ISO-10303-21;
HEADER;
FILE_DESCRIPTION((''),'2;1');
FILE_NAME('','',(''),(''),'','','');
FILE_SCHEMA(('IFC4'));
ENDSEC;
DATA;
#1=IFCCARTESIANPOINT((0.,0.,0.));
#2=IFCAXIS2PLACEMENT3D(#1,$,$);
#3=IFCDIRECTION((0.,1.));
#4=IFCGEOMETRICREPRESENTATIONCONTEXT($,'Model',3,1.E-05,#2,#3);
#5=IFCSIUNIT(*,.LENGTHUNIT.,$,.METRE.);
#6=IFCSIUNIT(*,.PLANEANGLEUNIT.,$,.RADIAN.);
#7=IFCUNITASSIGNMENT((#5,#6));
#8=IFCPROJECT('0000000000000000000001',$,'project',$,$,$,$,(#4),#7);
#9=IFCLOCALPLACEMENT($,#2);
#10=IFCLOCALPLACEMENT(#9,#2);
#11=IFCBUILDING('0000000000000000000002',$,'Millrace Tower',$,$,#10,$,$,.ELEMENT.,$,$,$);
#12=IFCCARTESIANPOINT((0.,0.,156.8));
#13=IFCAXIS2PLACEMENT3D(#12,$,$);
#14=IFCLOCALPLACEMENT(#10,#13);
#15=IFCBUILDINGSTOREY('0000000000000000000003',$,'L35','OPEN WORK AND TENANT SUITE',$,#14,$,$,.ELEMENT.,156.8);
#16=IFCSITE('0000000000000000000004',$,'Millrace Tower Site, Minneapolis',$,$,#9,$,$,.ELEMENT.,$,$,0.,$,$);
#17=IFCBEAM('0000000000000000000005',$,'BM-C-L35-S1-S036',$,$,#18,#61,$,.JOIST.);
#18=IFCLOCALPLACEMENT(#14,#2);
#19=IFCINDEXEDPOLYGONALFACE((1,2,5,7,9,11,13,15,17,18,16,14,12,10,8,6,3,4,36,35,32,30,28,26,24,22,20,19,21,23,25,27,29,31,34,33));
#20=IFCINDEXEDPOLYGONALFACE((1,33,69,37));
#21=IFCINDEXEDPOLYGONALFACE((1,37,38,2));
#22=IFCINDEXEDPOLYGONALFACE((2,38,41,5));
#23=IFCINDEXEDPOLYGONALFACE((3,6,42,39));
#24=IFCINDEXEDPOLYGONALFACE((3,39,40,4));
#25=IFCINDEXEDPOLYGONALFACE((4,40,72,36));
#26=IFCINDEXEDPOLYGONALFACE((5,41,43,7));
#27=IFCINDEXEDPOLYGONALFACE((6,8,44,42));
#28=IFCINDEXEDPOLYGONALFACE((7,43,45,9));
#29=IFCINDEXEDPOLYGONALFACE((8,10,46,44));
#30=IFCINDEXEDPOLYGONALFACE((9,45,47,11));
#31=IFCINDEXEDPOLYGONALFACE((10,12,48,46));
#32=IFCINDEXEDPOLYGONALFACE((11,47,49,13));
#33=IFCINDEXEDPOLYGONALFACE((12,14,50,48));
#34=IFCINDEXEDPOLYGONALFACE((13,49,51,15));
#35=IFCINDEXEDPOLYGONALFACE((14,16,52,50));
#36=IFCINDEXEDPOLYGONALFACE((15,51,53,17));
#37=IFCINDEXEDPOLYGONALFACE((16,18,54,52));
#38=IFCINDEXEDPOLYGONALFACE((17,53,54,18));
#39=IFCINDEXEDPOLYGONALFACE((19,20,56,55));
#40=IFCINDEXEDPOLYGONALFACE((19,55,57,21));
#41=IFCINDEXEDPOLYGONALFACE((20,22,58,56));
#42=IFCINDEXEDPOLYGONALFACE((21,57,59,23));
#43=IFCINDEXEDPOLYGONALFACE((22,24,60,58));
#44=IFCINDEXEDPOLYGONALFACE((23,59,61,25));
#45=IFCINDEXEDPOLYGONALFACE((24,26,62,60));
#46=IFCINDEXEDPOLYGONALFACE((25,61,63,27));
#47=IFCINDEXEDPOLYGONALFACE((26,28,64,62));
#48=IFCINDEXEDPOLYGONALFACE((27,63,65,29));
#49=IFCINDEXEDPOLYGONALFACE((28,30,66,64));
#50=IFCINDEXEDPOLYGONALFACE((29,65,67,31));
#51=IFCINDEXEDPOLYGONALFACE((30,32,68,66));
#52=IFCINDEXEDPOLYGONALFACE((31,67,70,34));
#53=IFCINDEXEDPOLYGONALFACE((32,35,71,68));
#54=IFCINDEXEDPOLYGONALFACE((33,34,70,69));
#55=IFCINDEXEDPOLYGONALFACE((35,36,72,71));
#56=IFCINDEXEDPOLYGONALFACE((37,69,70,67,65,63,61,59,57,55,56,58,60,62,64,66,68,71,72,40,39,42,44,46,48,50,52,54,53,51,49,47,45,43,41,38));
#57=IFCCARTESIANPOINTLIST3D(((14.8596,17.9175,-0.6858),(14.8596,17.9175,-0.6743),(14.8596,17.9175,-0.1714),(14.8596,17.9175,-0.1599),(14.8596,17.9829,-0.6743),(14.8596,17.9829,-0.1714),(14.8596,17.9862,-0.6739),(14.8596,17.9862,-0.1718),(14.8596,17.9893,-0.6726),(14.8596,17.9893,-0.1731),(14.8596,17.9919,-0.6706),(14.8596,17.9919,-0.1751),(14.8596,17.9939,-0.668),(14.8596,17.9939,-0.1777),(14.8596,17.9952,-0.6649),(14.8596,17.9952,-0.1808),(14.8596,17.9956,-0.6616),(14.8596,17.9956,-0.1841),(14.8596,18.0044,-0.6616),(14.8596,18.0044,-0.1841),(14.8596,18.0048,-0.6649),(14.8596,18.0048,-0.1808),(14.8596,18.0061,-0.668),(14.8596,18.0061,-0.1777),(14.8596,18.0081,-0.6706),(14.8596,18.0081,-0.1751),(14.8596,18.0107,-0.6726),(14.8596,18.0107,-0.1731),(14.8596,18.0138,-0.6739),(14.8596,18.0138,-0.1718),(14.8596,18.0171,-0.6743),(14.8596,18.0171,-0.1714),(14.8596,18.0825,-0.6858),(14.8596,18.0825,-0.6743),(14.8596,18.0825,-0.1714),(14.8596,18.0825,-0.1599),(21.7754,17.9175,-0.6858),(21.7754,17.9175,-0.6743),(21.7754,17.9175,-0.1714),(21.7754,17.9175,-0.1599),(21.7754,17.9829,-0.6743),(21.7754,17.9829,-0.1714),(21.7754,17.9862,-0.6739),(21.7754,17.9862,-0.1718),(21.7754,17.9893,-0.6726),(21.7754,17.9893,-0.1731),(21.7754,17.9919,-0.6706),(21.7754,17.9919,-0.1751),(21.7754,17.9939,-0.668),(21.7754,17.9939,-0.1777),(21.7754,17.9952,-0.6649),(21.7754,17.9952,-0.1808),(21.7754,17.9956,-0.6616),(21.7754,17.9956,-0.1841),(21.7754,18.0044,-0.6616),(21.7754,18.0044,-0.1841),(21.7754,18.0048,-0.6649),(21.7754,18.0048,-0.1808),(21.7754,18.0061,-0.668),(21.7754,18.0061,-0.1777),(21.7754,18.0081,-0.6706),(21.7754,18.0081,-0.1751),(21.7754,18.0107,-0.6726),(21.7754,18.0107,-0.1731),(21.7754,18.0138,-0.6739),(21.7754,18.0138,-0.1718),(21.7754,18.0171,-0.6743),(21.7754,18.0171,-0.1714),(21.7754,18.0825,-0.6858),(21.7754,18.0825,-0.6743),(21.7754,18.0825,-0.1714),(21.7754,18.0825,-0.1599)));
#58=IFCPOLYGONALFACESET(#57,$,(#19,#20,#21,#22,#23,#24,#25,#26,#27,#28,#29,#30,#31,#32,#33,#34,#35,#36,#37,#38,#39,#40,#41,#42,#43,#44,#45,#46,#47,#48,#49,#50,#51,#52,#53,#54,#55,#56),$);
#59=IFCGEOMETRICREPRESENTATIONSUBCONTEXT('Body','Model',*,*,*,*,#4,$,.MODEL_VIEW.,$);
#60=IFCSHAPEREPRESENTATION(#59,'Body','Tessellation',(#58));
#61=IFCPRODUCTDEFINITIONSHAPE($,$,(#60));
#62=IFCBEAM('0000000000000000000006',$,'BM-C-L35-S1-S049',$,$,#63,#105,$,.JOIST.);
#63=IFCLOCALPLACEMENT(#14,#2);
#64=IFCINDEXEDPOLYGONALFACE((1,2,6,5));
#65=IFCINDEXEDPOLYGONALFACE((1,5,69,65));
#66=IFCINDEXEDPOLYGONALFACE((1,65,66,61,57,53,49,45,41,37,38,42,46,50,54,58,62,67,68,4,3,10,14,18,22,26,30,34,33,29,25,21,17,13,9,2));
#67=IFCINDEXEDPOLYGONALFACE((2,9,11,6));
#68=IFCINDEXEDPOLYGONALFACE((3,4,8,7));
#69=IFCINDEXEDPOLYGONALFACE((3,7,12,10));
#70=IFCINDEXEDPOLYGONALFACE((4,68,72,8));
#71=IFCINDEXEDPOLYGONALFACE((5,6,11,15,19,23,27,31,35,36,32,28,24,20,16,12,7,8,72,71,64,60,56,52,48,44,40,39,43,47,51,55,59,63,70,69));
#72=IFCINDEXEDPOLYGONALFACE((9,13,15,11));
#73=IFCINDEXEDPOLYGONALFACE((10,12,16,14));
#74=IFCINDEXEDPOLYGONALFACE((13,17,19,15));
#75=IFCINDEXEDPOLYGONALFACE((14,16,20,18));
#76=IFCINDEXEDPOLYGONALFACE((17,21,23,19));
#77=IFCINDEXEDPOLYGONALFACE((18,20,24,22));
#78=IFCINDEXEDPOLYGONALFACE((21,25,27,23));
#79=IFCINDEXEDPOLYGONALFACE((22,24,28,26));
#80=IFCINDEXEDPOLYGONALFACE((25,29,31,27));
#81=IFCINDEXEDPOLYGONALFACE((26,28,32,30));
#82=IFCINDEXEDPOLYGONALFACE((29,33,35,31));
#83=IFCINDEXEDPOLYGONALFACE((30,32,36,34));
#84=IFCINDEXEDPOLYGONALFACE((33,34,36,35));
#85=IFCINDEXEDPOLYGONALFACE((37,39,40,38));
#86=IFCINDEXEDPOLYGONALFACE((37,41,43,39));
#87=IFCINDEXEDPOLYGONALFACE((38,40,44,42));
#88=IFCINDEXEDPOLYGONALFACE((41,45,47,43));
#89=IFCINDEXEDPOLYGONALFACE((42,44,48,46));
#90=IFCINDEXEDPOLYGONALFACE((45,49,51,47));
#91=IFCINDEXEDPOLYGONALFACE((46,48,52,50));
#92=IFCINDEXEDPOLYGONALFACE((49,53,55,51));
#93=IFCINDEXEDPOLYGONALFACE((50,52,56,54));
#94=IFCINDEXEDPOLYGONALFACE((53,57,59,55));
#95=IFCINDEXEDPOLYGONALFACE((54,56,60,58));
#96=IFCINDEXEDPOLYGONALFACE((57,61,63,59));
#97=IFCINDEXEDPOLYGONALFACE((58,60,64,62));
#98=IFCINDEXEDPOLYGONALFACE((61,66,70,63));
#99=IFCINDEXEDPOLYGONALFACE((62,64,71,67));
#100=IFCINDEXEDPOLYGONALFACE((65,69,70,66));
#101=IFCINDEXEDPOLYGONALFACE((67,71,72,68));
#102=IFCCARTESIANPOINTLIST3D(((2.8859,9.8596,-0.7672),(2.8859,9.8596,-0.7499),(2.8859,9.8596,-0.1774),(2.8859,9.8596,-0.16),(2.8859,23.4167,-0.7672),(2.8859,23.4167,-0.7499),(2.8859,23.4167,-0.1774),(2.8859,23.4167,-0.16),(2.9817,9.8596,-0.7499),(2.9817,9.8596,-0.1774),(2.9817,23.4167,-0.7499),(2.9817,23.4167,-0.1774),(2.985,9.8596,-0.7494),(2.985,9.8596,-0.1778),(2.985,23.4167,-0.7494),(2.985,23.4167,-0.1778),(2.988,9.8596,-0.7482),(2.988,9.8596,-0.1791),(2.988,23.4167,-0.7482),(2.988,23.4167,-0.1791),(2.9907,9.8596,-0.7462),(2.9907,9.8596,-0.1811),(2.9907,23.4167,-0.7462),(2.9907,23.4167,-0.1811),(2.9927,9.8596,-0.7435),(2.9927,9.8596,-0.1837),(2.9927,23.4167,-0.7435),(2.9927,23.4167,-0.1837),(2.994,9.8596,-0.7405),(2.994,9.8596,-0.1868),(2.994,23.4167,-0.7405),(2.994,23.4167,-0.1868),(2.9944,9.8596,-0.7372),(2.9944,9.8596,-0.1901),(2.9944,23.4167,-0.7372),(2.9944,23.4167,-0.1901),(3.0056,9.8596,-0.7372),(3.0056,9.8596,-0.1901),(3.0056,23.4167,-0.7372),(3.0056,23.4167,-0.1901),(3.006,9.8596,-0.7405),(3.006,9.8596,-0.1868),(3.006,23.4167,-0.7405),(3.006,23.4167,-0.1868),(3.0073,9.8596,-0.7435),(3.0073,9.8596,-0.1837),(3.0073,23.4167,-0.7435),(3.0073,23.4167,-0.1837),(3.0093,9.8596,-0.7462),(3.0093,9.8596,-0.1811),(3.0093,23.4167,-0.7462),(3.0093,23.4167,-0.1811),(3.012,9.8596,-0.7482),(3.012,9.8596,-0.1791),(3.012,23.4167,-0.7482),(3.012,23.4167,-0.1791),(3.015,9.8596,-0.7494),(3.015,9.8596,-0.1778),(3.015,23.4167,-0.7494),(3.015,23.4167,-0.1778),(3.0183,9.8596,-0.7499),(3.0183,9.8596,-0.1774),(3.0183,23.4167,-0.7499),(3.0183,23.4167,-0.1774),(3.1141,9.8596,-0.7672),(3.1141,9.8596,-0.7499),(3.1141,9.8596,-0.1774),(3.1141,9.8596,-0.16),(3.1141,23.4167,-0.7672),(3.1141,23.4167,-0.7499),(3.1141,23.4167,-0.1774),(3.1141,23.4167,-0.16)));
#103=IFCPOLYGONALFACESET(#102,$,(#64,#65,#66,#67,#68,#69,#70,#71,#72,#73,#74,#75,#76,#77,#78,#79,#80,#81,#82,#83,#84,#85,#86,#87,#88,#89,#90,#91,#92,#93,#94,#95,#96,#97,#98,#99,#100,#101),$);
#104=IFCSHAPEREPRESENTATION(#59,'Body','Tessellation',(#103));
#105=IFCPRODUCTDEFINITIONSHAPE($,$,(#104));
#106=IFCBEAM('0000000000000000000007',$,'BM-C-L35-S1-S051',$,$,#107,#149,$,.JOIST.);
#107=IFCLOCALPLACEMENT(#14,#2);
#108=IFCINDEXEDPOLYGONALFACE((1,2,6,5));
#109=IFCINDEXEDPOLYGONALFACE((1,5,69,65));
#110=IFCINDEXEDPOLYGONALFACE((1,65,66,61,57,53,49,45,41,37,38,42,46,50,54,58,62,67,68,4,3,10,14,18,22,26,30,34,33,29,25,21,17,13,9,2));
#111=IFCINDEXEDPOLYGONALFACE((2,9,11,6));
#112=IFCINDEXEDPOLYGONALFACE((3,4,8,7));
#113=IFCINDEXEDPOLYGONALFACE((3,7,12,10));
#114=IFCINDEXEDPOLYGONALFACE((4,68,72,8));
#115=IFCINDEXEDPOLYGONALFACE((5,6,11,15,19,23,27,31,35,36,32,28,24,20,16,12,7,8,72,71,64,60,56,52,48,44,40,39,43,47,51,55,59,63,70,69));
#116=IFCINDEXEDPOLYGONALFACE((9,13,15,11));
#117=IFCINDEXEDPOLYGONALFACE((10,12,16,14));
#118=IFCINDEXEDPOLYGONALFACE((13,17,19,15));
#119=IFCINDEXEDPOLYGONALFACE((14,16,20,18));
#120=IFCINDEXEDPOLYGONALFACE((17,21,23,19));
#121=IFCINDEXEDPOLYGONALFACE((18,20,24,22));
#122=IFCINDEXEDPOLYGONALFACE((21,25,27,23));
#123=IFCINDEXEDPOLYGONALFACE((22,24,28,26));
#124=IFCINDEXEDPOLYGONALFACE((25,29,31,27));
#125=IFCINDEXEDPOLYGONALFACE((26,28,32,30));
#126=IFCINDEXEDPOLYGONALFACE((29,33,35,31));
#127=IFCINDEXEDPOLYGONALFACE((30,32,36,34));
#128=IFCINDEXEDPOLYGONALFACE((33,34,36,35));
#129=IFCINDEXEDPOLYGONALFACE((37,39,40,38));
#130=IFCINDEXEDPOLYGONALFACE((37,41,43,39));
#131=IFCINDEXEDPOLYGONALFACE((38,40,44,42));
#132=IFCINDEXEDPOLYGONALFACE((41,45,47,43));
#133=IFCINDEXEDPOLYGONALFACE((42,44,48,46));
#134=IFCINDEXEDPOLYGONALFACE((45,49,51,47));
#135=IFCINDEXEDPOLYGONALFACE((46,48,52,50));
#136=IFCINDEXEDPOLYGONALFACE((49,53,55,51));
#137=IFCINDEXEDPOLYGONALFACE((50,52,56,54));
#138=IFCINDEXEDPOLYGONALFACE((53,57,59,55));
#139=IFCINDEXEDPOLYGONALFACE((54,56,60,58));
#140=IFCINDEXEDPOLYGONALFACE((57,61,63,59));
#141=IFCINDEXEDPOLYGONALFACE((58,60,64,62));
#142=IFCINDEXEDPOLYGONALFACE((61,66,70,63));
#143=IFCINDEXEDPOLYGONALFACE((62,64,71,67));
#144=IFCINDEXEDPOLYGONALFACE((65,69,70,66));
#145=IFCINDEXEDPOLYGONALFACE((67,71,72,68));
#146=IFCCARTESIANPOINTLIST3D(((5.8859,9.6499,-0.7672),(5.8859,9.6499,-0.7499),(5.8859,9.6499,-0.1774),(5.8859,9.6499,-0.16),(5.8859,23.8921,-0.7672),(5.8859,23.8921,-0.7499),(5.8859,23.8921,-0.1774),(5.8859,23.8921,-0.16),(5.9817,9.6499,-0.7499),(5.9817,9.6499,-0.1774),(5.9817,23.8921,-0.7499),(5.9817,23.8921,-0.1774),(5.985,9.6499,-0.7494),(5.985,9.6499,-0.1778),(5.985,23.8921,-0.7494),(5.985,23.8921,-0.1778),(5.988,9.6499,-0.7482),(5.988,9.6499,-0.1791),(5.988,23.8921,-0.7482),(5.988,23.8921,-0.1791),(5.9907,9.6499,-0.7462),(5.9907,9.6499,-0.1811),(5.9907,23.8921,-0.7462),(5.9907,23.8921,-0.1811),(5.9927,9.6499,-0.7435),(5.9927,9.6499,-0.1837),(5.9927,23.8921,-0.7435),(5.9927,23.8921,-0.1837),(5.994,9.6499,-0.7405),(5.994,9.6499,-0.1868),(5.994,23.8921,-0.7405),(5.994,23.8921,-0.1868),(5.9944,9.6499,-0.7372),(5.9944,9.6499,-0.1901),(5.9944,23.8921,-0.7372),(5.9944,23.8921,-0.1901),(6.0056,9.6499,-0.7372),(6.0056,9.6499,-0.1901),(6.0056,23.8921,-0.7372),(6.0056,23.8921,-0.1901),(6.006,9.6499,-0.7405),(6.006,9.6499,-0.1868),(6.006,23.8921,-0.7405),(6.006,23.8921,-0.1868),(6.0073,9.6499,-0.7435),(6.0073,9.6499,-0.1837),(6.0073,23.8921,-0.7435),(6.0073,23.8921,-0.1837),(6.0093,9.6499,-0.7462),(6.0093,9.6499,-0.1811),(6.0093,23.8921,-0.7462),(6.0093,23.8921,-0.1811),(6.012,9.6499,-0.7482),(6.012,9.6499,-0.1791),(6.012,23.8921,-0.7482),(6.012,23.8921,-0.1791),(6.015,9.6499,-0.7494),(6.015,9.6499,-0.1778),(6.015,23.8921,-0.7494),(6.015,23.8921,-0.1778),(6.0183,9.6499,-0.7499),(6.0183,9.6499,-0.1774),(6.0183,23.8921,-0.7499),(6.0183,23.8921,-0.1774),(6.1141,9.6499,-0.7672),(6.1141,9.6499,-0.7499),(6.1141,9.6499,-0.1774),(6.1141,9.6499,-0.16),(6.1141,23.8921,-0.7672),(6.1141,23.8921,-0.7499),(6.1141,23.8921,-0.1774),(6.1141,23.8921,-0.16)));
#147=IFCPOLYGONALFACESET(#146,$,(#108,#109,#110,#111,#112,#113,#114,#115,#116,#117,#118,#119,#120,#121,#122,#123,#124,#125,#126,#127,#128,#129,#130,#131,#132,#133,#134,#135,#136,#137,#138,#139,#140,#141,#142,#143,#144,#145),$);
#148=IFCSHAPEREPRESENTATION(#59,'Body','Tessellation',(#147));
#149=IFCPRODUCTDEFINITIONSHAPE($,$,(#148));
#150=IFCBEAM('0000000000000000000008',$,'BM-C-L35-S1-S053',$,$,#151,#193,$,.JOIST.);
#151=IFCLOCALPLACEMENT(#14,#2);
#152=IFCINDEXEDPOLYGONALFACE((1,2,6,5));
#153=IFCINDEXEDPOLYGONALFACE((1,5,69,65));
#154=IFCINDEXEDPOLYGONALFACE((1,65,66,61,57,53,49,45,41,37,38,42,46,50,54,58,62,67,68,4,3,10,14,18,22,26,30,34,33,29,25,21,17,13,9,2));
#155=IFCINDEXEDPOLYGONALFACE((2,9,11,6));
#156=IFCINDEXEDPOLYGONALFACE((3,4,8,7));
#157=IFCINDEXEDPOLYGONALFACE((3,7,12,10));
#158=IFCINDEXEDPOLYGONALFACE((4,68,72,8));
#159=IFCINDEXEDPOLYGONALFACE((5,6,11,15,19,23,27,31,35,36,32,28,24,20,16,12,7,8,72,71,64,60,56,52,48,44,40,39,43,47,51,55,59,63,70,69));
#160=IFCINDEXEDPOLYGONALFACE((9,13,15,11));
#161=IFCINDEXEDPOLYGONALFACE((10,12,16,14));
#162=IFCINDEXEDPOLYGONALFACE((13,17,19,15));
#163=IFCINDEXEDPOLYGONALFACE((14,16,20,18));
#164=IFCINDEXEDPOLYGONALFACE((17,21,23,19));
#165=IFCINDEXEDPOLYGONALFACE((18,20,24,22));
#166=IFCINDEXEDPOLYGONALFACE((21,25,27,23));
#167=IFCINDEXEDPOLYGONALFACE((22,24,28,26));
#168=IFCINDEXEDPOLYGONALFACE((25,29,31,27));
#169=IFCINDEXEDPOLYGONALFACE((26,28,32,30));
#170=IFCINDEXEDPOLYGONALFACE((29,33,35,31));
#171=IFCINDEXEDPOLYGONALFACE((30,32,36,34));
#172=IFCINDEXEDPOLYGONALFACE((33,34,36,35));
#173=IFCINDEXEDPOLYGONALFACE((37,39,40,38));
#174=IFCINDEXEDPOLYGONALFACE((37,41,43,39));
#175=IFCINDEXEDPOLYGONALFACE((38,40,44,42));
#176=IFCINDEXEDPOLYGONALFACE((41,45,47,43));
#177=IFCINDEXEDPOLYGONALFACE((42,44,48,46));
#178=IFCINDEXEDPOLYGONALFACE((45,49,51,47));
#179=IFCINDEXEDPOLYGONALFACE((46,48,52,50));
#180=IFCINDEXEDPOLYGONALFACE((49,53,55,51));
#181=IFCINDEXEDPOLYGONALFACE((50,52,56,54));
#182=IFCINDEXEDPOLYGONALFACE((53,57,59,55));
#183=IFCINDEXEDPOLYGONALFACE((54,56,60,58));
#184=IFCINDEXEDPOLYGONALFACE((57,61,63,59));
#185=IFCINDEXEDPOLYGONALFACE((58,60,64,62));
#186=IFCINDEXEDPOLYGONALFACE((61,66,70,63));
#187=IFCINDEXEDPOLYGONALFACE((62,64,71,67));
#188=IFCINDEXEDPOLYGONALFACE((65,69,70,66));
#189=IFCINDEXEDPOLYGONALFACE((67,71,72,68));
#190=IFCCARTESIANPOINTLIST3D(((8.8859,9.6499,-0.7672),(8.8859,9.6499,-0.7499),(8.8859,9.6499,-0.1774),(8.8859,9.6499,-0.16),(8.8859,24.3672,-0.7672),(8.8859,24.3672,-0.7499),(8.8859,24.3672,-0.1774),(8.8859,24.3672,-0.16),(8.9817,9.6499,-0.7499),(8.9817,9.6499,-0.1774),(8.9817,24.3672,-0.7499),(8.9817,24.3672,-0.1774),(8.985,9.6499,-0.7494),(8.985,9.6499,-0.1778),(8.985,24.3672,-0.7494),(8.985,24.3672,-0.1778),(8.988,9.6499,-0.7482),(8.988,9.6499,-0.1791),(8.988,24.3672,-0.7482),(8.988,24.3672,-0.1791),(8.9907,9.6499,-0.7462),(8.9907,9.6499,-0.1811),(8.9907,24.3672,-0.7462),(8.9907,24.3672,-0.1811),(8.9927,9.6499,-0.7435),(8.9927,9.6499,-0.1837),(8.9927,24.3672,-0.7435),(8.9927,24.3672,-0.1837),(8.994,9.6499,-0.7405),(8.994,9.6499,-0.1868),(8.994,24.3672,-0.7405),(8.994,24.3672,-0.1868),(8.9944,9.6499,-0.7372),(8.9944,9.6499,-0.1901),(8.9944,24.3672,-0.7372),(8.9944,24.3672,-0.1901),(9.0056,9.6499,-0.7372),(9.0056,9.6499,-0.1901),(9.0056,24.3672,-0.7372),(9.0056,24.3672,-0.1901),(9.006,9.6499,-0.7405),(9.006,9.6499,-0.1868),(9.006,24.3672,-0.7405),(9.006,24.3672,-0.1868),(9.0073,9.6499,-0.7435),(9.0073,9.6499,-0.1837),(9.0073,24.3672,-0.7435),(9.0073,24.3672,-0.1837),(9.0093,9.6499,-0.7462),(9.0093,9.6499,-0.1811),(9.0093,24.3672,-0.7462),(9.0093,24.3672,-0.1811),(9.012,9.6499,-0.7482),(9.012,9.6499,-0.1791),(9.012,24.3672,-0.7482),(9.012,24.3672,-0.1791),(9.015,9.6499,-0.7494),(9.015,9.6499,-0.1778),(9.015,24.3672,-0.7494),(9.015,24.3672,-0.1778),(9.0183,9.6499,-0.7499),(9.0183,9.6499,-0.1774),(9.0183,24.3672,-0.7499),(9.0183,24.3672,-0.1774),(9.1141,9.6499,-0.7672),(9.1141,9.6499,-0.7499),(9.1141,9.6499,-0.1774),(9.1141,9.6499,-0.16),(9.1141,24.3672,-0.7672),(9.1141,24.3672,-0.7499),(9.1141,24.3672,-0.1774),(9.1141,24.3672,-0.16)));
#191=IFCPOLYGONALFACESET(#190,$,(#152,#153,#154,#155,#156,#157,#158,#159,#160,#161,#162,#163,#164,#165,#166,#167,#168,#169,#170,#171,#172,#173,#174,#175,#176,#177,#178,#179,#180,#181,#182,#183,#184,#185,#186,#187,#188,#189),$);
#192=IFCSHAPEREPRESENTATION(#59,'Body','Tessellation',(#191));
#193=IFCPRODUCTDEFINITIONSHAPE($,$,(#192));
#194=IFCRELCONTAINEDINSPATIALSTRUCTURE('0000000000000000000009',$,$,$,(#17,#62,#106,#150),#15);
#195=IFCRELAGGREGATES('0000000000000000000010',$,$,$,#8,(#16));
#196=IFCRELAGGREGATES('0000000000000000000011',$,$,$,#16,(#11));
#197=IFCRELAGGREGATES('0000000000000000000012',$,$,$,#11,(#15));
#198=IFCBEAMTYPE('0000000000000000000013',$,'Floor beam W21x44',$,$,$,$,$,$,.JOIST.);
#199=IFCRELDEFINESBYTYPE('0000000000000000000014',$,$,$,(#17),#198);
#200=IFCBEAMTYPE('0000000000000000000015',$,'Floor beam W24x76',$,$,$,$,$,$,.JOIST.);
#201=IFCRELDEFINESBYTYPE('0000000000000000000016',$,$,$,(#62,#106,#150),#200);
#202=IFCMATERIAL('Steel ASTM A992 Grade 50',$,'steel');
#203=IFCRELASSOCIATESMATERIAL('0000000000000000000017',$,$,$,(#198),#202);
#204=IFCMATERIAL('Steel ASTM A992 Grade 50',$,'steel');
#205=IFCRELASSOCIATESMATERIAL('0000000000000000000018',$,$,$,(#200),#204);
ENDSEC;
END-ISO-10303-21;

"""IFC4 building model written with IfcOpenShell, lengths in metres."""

from ifc_helpers import new_model, si_unit, direction, frame, origin, origin_2d, place, context, subcontext, project, spatial, i_section, extrude, material, material_profile, profile_set, type_object, element, save


model = new_model("IFC4")

# Units and contexts
model_context = context("Model", 3, precision=1e-05, world=origin(), true_north=direction((0.0, 1.0)))
body_context = subcontext(model_context, "Body", "Model", "MODEL_VIEW")
ifc_project = project(units=[si_unit("LENGTHUNIT", "METRE"), si_unit("PLANEANGLEUNIT", "RADIAN")], contexts=[model_context])

# Site, building, storey
site_placement = place(None, origin())
site = spatial("IfcSite", under=ifc_project, at=site_placement, Name="Millrace Tower Site, Minneapolis", CompositionType="ELEMENT", RefElevation=0.0)
building_placement = place(site_placement, origin())
building = spatial("IfcBuilding", under=site, at=building_placement, Name="Millrace Tower", CompositionType="ELEMENT")
storey_placement = place(building_placement, frame((0.0, 0.0, 156.8)))
storey = spatial("IfcBuildingStorey", under=building, at=storey_placement, Name="L35", Description="OPEN WORK AND TENANT SUITE", CompositionType="ELEMENT", Elevation=156.8)

# Beams
ifc_material_1 = material(Name="Steel ASTM A992 Grade 50", Category="steel")
ifc_material_profile_1 = material_profile(ifc_material_1, i_section(OverallWidth=0.165, OverallDepth=0.5259, WebThickness=0.0088, FlangeThickness=0.0115, FilletRadius=0.0127, at=origin_2d()))
ifc_profile_set_1 = profile_set([ifc_material_profile_1], Name="Steel ASTM A992 Grade 50")
beam_type_1 = type_object("IfcBeamType", Name="Floor beam W21x44", PredefinedType="JOIST", material=ifc_profile_set_1)
beam_1_placement = place(storey_placement, frame((14.8596, 18.0, -0.4229), z_axis=(1.0, 0.0, 0.0), x_axis=(0.0, 1.0, 0.0)))
element("IfcBeam", 1, at=beam_1_placement, inside=storey, type_object=beam_type_1, Name="BM-C-L35-S1-S036", PredefinedType="JOIST", context=body_context, shape_type="SweptSolid", body=[
    extrude(i_section(OverallWidth=0.165, OverallDepth=0.5259, WebThickness=0.0088, FlangeThickness=0.0115, FilletRadius=0.0127, at=origin_2d()), origin(), (0.0, 0.0, 1.0), 6.9158),
])
ifc_material_2 = material(Name="Steel ASTM A992 Grade 50", Category="steel")
ifc_material_profile_2 = material_profile(ifc_material_2, i_section(OverallWidth=0.2283, OverallDepth=0.6072, WebThickness=0.0112, FlangeThickness=0.0173, FilletRadius=0.0127, at=origin_2d()))
ifc_profile_set_2 = profile_set([ifc_material_profile_2], Name="Steel ASTM A992 Grade 50")
beam_type_2 = type_object("IfcBeamType", Name="Floor beam W24x76", PredefinedType="JOIST", material=ifc_profile_set_2)
beam_2_placement = place(storey_placement, frame((3.0, 9.8596, -0.4636), z_axis=(0.0, 1.0, 0.0), x_axis=(-1.0, 0.0, 0.0)))
element("IfcBeam", 2, at=beam_2_placement, inside=storey, type_object=beam_type_2, Name="BM-C-L35-S1-S049", PredefinedType="JOIST", context=body_context, shape_type="SweptSolid", body=[
    extrude(i_section(OverallWidth=0.2283, OverallDepth=0.6072, WebThickness=0.0112, FlangeThickness=0.0173, FilletRadius=0.0127, at=origin_2d()), origin(), (0.0, 0.0, 1.0), 13.5571),
])
beam_3_placement = place(storey_placement, frame((6.0, 9.6499, -0.4636), z_axis=(0.0, 1.0, 0.0), x_axis=(-1.0, 0.0, 0.0)))
element("IfcBeam", 3, at=beam_3_placement, inside=storey, type_object=beam_type_2, Name="BM-C-L35-S1-S051", PredefinedType="JOIST", context=body_context, shape_type="SweptSolid", body=[
    extrude(i_section(OverallWidth=0.2283, OverallDepth=0.6072, WebThickness=0.0112, FlangeThickness=0.0173, FilletRadius=0.0127, at=origin_2d()), origin(), (0.0, 0.0, 1.0), 14.2422),
])
beam_4_placement = place(storey_placement, frame((9.0, 9.6499, -0.4636), z_axis=(0.0, 1.0, 0.0), x_axis=(-1.0, 0.0, 0.0)))
element("IfcBeam", 4, at=beam_4_placement, inside=storey, type_object=beam_type_2, Name="BM-C-L35-S1-S053", PredefinedType="JOIST", context=body_context, shape_type="SweptSolid", body=[
    extrude(i_section(OverallWidth=0.2283, OverallDepth=0.6072, WebThickness=0.0112, FlangeThickness=0.0173, FilletRadius=0.0127, at=origin_2d()), origin(), (0.0, 0.0, 1.0), 14.7173),
])

save(model, "model.ifc")
